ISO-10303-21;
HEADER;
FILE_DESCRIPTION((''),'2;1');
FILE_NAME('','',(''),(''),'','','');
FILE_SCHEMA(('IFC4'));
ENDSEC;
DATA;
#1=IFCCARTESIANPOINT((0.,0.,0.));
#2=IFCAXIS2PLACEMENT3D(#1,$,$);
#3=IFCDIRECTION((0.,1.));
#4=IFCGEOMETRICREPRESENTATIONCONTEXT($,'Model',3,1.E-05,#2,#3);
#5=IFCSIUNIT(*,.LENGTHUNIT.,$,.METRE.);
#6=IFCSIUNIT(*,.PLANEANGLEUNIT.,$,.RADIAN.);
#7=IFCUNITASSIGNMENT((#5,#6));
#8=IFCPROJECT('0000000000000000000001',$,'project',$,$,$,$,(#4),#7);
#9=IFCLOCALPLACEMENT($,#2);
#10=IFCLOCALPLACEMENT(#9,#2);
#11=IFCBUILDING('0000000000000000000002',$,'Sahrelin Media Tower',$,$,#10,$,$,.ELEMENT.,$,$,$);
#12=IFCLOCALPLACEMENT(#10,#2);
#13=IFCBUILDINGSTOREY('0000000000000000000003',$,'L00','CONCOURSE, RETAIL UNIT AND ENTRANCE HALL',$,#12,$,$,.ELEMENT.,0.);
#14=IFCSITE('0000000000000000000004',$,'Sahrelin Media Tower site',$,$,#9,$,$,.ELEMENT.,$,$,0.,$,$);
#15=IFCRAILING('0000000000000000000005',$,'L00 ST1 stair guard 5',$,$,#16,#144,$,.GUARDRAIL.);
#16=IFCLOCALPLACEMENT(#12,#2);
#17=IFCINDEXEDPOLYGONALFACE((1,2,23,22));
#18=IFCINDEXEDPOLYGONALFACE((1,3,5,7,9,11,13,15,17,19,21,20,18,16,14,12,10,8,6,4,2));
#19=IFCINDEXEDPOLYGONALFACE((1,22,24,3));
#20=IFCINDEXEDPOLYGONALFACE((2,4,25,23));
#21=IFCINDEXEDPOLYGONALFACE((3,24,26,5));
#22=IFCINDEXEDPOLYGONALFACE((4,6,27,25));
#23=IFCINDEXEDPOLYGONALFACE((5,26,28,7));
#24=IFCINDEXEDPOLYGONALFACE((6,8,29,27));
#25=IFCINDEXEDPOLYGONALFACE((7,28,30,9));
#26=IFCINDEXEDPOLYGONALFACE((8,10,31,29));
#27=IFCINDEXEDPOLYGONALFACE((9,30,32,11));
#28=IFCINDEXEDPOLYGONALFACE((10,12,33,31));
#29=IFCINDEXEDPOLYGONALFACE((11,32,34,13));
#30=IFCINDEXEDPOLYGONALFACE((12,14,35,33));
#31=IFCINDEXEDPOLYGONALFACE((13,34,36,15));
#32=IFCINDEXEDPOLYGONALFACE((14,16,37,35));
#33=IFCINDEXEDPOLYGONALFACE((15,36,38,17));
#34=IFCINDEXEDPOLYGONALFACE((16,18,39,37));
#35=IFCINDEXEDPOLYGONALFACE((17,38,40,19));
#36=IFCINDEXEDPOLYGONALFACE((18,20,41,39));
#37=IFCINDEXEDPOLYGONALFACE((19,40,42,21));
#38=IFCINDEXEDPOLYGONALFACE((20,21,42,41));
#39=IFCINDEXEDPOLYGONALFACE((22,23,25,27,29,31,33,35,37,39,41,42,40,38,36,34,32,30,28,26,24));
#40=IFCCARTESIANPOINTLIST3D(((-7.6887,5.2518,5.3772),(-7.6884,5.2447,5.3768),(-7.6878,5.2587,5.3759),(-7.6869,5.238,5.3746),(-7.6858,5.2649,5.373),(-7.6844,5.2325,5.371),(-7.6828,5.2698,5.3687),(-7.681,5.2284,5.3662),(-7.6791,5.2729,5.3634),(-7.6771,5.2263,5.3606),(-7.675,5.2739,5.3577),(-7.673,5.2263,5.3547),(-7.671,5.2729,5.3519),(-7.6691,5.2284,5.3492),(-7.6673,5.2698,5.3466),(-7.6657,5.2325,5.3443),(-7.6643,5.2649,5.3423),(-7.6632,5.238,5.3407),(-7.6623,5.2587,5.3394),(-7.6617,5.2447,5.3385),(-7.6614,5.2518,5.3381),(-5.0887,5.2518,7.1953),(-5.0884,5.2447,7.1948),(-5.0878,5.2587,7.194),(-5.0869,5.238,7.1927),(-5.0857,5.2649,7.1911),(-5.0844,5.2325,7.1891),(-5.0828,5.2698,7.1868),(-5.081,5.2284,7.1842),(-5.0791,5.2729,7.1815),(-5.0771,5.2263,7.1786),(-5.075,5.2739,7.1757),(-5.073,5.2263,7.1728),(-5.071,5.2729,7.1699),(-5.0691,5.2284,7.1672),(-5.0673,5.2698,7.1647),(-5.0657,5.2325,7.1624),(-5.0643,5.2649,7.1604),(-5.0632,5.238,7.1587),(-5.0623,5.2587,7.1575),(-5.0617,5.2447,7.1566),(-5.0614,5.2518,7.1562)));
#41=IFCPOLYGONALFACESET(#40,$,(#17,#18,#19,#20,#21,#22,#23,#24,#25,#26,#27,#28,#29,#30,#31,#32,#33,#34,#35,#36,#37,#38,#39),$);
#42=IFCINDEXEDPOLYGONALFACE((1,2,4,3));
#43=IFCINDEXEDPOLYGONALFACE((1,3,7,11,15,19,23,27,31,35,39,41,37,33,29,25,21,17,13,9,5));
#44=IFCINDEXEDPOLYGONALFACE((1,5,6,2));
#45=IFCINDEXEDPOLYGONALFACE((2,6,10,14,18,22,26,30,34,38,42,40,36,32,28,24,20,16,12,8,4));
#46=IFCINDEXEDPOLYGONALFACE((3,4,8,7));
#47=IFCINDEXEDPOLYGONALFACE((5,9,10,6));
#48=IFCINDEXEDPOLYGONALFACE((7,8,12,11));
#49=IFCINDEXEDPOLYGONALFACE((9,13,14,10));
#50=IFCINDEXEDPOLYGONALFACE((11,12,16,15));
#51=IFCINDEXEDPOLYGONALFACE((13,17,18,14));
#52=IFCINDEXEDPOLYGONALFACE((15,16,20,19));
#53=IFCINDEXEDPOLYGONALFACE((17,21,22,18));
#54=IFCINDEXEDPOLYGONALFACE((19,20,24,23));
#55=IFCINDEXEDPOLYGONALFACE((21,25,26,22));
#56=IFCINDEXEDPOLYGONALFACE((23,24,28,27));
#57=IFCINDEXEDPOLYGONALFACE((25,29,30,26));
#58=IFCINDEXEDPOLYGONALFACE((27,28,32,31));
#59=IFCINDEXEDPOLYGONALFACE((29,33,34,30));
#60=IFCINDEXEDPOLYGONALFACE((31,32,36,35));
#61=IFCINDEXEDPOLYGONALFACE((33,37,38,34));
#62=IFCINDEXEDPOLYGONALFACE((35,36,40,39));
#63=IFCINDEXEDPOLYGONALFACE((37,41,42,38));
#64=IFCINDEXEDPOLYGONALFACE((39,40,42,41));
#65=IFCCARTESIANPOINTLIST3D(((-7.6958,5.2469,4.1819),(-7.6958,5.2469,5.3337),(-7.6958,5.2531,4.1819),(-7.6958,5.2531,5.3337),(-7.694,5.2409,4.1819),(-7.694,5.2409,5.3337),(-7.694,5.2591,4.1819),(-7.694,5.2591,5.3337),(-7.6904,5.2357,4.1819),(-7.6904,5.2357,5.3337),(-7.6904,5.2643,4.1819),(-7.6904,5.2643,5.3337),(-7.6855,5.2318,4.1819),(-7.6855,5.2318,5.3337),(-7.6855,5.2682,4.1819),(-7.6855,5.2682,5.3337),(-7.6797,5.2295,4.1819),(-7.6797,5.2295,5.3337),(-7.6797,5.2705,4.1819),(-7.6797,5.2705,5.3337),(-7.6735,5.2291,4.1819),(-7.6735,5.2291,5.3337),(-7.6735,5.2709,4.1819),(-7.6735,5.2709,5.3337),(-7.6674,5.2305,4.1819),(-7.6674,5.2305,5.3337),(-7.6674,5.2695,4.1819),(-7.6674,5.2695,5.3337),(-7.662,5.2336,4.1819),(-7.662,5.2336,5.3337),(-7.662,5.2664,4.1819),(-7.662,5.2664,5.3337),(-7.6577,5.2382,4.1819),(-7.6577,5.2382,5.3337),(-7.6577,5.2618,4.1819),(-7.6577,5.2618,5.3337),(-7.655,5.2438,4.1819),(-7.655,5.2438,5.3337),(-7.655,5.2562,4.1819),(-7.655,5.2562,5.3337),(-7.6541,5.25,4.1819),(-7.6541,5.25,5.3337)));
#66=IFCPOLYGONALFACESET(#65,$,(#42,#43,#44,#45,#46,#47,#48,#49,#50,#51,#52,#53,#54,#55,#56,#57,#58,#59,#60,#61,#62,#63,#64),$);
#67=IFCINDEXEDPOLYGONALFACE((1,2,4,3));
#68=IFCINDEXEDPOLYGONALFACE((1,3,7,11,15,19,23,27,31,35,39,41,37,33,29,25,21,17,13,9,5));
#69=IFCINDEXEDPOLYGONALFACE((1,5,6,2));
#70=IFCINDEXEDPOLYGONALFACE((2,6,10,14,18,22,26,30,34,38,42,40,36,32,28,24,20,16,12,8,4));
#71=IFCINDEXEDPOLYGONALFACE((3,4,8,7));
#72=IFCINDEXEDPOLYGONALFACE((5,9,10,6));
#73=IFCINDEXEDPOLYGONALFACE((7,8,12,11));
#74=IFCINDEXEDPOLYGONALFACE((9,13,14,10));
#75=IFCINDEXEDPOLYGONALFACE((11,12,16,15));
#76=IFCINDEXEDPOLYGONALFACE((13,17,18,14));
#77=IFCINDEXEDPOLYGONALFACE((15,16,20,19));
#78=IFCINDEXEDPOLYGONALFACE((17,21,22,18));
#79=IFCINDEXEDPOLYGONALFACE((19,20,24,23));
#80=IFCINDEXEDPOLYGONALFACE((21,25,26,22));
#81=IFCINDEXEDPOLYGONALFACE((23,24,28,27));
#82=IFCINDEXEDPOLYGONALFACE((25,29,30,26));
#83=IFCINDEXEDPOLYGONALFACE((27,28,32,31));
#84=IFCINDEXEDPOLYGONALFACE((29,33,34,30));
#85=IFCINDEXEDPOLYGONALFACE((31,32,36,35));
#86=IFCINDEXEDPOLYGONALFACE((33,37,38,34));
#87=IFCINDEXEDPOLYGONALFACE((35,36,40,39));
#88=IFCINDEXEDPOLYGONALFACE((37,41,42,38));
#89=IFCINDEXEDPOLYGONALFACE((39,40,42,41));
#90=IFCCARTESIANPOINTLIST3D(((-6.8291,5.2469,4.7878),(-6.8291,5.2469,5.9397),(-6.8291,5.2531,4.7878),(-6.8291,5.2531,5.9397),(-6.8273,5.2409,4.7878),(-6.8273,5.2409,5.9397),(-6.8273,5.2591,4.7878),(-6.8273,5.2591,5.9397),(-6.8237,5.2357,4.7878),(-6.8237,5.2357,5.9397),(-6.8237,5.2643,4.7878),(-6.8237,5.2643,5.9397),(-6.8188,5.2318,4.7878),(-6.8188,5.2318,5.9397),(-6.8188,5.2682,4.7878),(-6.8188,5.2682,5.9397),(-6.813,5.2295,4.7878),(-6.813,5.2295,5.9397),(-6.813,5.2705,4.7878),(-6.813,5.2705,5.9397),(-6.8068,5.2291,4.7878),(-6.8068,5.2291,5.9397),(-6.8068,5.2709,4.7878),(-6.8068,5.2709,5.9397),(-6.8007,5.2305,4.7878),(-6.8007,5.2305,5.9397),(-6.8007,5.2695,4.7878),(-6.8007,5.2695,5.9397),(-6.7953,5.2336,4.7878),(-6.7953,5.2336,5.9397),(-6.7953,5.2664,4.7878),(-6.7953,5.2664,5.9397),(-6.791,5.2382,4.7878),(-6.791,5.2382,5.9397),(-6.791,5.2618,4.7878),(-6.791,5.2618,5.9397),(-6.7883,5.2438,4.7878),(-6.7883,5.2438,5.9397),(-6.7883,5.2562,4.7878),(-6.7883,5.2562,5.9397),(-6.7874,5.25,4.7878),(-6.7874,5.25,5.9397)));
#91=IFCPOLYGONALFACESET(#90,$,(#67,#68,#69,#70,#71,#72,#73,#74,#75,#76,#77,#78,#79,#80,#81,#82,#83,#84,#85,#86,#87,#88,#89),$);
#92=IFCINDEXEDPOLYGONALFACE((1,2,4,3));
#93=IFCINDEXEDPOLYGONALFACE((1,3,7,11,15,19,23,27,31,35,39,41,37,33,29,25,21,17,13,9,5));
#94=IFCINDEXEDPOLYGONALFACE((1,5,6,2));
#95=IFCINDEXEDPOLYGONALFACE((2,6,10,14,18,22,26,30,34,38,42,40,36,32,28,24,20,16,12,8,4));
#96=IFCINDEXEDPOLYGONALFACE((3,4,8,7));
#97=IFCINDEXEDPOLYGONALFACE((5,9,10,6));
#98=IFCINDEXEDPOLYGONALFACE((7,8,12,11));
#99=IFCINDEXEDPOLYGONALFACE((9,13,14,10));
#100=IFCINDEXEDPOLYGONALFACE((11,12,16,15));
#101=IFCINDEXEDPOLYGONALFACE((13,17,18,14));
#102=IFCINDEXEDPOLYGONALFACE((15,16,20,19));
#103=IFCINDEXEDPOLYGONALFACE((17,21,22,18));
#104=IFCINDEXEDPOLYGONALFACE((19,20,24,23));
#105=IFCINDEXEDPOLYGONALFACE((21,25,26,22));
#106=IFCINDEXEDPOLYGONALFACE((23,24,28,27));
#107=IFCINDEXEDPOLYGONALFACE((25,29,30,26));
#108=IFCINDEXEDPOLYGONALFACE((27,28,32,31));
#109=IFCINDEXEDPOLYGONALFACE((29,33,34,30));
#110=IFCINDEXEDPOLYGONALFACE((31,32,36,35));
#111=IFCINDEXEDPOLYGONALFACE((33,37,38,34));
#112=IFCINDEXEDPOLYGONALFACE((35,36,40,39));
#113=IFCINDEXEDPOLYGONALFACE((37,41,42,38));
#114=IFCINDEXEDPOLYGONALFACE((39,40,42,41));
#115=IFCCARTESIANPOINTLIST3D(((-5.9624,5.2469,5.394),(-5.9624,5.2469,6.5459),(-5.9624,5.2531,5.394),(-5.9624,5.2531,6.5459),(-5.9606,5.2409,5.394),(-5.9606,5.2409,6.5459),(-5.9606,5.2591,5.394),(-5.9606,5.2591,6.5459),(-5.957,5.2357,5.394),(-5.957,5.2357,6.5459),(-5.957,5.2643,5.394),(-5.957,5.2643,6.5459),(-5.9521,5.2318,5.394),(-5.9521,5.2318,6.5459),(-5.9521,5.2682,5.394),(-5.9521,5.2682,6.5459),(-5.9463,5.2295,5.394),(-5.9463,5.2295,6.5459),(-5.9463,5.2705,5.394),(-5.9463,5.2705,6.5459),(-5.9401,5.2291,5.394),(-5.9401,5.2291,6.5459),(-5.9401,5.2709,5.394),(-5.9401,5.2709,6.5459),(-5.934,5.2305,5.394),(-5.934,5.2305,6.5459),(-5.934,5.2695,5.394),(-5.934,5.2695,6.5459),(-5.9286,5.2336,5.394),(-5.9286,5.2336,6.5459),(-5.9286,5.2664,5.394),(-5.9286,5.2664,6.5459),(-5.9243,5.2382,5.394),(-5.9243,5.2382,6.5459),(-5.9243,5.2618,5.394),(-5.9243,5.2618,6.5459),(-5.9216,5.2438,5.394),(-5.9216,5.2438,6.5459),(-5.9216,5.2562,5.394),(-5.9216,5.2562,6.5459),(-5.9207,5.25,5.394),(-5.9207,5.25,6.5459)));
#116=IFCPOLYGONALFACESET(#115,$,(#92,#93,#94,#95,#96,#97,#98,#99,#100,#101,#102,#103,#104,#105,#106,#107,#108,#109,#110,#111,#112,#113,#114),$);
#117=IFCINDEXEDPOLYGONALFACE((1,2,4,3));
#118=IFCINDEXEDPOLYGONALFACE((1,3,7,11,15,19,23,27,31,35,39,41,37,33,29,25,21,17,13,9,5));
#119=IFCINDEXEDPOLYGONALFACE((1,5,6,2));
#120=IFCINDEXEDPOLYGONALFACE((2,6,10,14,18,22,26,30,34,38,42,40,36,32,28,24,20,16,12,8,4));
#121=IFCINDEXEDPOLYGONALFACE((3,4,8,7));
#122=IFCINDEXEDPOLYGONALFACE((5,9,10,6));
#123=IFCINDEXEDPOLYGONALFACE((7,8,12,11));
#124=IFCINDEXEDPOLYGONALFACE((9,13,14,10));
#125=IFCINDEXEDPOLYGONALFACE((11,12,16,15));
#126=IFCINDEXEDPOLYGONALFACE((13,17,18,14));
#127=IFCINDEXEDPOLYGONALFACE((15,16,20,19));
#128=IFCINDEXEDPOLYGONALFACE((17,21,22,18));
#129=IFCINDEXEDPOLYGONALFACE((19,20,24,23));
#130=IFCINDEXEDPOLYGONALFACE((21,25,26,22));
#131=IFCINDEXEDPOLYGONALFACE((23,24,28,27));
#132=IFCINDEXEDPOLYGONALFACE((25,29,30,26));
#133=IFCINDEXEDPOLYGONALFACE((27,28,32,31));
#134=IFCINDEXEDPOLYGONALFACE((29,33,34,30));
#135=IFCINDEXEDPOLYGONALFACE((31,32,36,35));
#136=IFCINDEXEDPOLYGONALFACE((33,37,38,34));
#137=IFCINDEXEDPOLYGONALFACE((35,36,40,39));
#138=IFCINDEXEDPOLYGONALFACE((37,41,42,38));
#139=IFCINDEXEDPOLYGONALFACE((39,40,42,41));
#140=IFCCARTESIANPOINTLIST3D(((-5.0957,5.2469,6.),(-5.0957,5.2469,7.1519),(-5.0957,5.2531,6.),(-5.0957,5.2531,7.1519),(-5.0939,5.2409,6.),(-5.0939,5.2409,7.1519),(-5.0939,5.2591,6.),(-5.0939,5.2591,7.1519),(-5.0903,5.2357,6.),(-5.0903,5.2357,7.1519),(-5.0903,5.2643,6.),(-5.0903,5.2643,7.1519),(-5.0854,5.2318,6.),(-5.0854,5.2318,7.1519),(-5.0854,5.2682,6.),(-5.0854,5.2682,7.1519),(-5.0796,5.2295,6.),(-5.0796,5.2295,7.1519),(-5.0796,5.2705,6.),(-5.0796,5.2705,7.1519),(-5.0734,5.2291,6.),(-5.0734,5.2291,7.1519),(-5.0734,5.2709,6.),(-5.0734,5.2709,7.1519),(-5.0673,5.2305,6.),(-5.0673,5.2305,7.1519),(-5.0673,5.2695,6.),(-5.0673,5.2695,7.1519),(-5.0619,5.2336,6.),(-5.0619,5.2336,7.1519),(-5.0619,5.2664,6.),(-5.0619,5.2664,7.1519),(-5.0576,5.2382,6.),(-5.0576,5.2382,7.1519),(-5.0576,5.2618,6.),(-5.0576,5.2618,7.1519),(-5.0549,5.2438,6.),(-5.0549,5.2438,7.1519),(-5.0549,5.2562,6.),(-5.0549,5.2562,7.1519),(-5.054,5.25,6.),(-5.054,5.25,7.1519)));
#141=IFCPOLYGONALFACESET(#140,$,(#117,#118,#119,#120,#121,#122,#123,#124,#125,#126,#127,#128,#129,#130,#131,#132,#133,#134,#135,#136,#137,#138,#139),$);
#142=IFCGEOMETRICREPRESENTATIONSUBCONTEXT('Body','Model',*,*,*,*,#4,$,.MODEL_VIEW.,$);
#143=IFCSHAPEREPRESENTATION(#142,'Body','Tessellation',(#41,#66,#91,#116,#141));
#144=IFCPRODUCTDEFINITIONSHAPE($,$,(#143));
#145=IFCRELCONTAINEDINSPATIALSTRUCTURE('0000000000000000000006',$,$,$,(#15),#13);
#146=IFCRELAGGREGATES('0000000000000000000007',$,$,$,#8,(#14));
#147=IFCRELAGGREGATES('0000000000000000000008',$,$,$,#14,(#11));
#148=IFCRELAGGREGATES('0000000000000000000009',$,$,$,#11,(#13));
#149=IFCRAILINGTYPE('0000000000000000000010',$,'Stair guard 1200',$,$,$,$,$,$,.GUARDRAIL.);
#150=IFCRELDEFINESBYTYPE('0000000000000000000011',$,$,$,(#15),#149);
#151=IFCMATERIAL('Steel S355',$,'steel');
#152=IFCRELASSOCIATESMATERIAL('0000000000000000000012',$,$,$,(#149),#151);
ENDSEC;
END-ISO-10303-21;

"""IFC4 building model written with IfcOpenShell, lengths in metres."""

from ifc_helpers import new_model, si_unit, direction, frame, origin, origin_2d, place, context, subcontext, project, spatial, circle, extrude, material, type_object, element, save


model = new_model("IFC4")

# Units and contexts
model_context = context("Model", 3, precision=1e-05, world=origin(), true_north=direction((0.0, 1.0)))
body_context = subcontext(model_context, "Body", "Model", "MODEL_VIEW")
ifc_project = project(units=[si_unit("LENGTHUNIT", "METRE"), si_unit("PLANEANGLEUNIT", "RADIAN")], contexts=[model_context])

# Site, building, storey
site_placement = place(None, origin())
site = spatial("IfcSite", under=ifc_project, at=site_placement, Name="Sahrelin Media Tower site", CompositionType="ELEMENT", RefElevation=0.0)
building_placement = place(site_placement, origin())
building = spatial("IfcBuilding", under=site, at=building_placement, Name="Sahrelin Media Tower", CompositionType="ELEMENT")
storey_placement = place(building_placement, origin())
storey = spatial("IfcBuildingStorey", under=building, at=storey_placement, Name="L00", Description="CONCOURSE, RETAIL UNIT AND ENTRANCE HALL", CompositionType="ELEMENT", Elevation=0.0)

# Shared definitions
ifc_material_1 = material(Name="Steel S355", Category="steel")

# Railing
railing_type_1 = type_object("IfcRailingType", Name="Stair guard 1200", PredefinedType="GUARDRAIL", material=ifc_material_1)
railing_1_placement = place(storey_placement, frame((-7.675, 5.25, 4.1819)))
element("IfcRailing", 1, at=railing_1_placement, inside=storey, type_object=railing_type_1, Name="L00 ST1 stair guard 5", PredefinedType="GUARDRAIL", context=body_context, shape_type="SweptSolid", body=[
    extrude(circle(Radius=0.0239, at=origin_2d()), frame((0.0, 0.0, 1.1758), z_axis=(0.819521, 0.0, 0.573049), x_axis=(0.0, 1.0, 0.0)), (0.0, 0.0, 1.0), 3.1726),
    extrude(circle(Radius=0.021, at=origin_2d()), origin(), (0.0, 0.0, 1.0), 1.1519),
    extrude(circle(Radius=0.021, at=origin_2d()), frame((0.8667, 0.0, 0.606)), (0.0, 0.0, 1.0), 1.1519),
    extrude(circle(Radius=0.021, at=origin_2d()), frame((1.7334, 0.0, 1.2122)), (0.0, 0.0, 1.0), 1.1519),
    extrude(circle(Radius=0.021, at=origin_2d()), frame((2.6001, 0.0, 1.8181)), (0.0, 0.0, 1.0), 1.1519),
])

save(model, "model.ifc")
